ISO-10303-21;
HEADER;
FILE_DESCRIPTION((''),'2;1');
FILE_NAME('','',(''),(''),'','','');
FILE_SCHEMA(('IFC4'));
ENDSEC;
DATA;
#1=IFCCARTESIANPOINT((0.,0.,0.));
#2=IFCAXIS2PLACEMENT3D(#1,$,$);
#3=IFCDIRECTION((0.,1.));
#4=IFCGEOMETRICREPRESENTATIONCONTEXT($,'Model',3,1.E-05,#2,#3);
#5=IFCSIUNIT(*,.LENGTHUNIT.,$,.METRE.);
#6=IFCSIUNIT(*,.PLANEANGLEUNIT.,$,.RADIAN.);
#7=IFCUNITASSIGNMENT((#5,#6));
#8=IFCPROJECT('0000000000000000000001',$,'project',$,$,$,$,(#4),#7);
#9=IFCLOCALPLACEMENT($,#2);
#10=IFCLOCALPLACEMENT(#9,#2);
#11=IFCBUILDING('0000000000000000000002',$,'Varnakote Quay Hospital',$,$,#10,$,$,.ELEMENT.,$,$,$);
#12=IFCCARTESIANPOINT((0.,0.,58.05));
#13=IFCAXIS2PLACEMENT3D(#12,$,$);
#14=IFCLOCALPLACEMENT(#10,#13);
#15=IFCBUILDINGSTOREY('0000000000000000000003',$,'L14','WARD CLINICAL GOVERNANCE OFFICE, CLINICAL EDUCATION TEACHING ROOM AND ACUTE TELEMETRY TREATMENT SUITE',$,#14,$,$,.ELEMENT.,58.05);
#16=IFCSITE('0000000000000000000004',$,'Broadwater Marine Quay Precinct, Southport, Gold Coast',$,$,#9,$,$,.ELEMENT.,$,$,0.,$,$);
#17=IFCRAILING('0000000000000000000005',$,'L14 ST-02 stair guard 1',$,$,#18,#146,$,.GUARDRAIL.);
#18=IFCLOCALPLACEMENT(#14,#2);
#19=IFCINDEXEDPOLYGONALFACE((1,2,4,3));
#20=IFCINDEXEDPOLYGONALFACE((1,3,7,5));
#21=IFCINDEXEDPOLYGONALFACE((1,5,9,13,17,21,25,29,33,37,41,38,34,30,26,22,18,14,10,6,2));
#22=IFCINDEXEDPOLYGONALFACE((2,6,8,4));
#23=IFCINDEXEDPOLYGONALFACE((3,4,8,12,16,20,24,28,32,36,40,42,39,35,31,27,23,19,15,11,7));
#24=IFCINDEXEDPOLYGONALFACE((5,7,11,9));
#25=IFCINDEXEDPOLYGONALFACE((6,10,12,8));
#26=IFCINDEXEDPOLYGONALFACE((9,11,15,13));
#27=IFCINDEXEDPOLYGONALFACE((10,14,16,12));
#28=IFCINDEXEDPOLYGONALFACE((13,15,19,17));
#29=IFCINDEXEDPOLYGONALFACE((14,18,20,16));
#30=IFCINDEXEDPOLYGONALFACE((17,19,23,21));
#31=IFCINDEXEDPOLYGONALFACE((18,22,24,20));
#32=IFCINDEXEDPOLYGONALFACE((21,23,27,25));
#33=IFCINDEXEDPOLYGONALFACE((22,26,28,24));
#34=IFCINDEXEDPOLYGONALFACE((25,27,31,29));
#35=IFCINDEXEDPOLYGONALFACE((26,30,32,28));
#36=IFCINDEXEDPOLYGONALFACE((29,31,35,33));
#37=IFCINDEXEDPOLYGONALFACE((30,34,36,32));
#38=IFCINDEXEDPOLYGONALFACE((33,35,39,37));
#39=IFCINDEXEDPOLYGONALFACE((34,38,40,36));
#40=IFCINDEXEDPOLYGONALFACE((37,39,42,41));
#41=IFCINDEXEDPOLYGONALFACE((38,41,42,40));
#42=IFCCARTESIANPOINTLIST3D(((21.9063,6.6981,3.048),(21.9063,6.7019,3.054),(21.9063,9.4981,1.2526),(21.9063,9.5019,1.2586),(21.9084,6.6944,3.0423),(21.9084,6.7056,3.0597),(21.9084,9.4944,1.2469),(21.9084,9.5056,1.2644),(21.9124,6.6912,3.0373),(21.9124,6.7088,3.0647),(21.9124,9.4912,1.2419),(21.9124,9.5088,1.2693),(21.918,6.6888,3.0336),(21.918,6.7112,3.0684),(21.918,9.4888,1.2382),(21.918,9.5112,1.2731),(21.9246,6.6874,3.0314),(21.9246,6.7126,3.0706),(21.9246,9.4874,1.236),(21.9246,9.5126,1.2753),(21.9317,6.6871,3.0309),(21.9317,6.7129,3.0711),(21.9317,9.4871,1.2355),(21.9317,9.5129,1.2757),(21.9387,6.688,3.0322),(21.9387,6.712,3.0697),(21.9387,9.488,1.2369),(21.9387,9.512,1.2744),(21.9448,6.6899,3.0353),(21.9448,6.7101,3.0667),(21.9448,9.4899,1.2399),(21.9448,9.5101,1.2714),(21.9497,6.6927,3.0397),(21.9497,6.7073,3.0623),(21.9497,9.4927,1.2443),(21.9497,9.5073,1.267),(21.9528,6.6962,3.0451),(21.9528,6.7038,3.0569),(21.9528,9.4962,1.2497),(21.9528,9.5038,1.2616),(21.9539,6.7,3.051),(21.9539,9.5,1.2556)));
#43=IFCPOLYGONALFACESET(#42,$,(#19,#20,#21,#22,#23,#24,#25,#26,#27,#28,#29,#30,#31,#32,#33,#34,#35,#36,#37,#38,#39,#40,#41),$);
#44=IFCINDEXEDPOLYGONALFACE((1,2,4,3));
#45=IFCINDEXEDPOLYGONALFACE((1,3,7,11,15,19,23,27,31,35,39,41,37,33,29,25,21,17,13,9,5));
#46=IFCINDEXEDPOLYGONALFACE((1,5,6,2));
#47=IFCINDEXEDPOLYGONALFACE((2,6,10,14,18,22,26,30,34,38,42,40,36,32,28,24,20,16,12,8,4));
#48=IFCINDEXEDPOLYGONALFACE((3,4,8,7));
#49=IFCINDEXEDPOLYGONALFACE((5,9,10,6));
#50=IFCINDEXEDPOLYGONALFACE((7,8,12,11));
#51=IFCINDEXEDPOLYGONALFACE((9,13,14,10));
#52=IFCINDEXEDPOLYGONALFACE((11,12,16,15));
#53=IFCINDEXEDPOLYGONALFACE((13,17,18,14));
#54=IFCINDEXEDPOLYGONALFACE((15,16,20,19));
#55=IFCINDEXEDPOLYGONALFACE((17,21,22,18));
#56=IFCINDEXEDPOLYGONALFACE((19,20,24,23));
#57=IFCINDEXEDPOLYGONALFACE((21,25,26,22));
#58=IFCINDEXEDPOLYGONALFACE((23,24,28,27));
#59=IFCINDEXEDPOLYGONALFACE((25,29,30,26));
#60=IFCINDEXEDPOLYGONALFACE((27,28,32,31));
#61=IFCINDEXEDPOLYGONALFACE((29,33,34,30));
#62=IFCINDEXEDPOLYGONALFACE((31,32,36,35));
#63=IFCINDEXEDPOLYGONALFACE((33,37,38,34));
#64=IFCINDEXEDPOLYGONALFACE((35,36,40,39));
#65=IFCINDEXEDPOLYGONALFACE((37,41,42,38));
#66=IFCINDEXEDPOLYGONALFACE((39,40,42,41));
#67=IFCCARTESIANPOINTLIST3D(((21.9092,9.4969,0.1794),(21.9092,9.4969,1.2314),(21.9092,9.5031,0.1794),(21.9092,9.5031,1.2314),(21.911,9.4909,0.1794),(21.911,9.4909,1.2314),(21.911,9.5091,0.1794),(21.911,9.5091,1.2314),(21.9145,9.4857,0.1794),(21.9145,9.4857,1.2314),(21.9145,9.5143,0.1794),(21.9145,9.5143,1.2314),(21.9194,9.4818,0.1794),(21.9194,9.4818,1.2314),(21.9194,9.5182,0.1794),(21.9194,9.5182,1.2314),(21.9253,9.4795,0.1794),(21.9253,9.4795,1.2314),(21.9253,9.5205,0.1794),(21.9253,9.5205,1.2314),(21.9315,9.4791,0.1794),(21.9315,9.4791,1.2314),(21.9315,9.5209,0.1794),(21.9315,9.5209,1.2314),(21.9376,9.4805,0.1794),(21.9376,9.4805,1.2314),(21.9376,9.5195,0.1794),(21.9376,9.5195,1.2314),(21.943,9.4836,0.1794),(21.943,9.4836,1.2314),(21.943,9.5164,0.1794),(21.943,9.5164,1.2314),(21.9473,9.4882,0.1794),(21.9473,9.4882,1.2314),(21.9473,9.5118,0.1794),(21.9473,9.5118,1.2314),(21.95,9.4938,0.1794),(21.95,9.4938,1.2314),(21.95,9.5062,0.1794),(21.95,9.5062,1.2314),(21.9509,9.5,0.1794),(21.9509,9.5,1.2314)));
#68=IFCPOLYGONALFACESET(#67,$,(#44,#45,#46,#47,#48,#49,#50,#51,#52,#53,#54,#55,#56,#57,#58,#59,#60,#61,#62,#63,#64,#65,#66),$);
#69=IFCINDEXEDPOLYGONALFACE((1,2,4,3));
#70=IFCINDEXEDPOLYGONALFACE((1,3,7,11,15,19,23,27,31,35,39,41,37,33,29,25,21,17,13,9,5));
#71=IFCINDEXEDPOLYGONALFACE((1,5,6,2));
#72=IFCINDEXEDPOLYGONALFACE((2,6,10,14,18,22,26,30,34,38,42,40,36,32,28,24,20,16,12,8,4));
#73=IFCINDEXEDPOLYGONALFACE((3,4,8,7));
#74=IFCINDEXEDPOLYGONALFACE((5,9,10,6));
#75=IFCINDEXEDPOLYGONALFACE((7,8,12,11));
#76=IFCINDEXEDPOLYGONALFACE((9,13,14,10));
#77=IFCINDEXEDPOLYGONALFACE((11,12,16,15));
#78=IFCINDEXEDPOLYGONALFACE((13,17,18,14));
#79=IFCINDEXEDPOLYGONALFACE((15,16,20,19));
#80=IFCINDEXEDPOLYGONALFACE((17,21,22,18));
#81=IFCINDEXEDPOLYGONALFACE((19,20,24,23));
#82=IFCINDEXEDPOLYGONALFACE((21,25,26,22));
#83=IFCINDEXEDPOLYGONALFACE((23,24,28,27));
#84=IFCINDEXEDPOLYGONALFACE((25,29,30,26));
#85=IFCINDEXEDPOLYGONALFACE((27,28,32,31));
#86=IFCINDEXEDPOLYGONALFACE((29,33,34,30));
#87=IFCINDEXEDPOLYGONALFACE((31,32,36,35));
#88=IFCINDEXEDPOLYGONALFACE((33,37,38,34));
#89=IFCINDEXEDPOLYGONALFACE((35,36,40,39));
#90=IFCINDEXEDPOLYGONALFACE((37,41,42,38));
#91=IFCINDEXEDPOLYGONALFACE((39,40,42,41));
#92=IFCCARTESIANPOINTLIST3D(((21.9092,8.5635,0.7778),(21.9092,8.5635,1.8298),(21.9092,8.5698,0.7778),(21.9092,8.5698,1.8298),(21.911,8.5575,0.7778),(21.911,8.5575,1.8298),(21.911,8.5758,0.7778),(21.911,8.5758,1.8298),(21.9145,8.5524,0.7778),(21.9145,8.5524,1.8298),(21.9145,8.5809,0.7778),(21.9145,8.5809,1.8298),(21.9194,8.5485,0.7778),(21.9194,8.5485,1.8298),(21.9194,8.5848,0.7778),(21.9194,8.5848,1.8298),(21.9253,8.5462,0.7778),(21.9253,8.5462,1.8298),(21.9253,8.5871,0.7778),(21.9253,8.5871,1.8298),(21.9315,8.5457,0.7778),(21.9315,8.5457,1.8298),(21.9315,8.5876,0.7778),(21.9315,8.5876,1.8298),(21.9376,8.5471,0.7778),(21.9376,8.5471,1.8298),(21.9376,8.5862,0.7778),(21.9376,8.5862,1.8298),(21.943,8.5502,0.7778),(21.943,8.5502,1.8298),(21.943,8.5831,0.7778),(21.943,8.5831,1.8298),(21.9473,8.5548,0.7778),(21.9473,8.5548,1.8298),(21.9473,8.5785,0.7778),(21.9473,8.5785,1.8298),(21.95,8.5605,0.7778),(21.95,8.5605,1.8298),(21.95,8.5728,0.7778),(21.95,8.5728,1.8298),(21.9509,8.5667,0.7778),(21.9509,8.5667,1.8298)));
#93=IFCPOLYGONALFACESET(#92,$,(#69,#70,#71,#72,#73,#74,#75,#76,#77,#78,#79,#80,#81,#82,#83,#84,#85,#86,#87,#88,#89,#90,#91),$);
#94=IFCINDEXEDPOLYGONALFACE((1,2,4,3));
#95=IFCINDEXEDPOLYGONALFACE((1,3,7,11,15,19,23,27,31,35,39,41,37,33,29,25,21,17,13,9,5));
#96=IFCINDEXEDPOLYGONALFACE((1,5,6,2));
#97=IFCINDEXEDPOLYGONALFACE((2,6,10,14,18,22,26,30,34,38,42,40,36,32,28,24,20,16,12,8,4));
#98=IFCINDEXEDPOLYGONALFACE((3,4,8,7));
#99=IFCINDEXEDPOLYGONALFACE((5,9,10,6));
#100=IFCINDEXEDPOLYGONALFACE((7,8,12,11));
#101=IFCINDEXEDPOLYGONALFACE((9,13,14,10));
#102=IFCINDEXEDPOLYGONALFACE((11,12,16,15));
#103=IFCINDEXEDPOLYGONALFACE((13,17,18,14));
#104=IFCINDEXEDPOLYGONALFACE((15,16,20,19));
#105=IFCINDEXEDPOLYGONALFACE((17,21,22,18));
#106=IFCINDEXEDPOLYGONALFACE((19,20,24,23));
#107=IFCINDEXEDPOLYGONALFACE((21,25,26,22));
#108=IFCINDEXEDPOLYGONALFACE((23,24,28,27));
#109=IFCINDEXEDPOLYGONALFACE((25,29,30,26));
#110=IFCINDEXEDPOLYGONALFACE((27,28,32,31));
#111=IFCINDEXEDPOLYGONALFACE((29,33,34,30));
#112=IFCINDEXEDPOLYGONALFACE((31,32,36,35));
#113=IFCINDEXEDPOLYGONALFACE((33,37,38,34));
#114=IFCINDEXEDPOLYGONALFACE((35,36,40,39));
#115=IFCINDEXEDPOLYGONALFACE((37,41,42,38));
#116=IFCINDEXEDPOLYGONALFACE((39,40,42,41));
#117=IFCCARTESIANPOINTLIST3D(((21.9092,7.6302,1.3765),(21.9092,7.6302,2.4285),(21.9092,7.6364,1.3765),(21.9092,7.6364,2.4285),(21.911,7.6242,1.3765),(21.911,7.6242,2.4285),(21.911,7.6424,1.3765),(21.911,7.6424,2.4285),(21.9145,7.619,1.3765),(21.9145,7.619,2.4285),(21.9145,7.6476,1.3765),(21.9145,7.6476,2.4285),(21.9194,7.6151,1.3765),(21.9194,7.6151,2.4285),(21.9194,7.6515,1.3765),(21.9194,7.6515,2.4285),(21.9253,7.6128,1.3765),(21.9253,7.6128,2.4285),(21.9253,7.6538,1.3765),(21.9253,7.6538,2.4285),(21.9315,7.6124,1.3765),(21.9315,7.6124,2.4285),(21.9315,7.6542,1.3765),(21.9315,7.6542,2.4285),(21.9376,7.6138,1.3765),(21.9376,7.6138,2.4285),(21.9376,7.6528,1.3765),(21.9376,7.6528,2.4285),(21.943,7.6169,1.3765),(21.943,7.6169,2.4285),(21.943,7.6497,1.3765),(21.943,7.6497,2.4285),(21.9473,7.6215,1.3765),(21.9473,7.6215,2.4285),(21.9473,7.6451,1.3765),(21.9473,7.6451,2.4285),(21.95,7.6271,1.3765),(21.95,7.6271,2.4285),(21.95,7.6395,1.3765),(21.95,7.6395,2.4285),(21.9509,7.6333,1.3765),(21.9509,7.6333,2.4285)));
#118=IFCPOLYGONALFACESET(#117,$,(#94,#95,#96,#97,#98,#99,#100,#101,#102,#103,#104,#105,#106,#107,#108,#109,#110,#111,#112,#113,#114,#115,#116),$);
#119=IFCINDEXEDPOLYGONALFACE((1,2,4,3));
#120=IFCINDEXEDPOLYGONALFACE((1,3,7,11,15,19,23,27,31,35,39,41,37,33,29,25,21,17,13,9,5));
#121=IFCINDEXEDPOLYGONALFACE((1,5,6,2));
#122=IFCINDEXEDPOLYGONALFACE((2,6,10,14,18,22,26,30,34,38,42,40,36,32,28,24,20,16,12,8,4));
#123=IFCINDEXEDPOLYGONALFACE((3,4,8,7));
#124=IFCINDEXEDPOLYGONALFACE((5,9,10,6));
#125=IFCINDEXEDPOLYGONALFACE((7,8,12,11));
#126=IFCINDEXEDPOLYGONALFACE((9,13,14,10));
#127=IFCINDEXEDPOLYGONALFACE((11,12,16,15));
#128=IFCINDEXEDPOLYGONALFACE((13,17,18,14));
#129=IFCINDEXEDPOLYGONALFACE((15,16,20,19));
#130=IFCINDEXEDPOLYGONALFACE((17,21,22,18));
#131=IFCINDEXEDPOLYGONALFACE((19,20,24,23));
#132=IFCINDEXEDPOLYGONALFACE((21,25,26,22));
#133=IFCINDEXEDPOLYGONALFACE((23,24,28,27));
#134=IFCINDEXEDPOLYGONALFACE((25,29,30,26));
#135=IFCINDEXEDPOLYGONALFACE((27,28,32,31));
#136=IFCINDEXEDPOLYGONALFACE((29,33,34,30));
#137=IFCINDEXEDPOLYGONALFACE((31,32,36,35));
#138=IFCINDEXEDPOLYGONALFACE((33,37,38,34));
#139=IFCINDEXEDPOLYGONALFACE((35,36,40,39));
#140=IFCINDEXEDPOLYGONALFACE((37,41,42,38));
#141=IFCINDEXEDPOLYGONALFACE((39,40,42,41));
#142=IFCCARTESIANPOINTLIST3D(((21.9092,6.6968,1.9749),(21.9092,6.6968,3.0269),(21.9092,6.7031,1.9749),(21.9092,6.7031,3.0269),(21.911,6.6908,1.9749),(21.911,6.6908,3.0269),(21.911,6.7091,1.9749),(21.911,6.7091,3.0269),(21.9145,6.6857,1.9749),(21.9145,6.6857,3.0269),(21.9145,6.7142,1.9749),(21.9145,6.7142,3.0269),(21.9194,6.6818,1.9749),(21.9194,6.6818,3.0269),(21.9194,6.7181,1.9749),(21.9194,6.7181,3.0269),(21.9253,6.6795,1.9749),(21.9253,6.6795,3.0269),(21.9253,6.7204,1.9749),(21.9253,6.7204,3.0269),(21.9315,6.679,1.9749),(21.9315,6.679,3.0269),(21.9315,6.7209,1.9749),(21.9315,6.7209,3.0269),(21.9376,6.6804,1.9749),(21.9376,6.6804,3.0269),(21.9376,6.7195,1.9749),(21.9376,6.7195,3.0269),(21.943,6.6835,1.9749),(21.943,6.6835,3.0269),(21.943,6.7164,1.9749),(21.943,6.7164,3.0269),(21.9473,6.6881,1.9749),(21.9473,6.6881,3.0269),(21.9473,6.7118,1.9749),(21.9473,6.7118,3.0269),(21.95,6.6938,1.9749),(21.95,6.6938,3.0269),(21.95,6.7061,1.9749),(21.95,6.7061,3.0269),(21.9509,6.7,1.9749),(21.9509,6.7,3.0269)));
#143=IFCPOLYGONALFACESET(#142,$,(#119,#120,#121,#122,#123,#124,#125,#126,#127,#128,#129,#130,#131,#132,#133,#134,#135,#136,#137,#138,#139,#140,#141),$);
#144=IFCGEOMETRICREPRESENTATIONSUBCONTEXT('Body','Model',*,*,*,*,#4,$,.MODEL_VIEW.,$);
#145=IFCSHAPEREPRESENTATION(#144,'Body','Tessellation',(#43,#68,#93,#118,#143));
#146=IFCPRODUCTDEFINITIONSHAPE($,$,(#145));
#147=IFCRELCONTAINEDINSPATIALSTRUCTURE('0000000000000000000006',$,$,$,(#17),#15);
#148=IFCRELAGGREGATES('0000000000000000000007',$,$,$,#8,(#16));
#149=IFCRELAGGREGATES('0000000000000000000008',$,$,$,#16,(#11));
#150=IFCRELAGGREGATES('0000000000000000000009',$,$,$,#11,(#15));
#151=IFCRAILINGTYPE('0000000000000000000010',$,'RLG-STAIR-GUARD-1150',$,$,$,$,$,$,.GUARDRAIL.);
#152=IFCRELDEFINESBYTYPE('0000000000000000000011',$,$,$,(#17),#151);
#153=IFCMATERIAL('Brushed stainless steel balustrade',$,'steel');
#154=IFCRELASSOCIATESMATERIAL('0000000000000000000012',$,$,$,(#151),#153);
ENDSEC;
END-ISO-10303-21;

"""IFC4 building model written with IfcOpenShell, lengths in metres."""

from ifc_helpers import new_model, si_unit, direction, frame, origin, origin_2d, place, context, subcontext, project, spatial, circle, extrude, material, type_object, element, save


model = new_model("IFC4")

# Units and contexts
model_context = context("Model", 3, precision=1e-05, world=origin(), true_north=direction((0.0, 1.0)))
body_context = subcontext(model_context, "Body", "Model", "MODEL_VIEW")
ifc_project = project(units=[si_unit("LENGTHUNIT", "METRE"), si_unit("PLANEANGLEUNIT", "RADIAN")], contexts=[model_context])

# Site, building, storey
site_placement = place(None, origin())
site = spatial("IfcSite", under=ifc_project, at=site_placement, Name="Broadwater Marine Quay Precinct, Southport, Gold Coast", CompositionType="ELEMENT", RefElevation=0.0)
building_placement = place(site_placement, origin())
building = spatial("IfcBuilding", under=site, at=building_placement, Name="Varnakote Quay Hospital", CompositionType="ELEMENT")
storey_placement = place(building_placement, frame((0.0, 0.0, 58.05)))
storey = spatial("IfcBuildingStorey", under=building, at=storey_placement, Name="L14", Description="WARD CLINICAL GOVERNANCE OFFICE, CLINICAL EDUCATION TEACHING ROOM AND ACUTE TELEMETRY TREATMENT SUITE", CompositionType="ELEMENT", Elevation=58.05)

# Railing
ifc_material_1 = material(Name="Brushed stainless steel balustrade", Category="steel")
railing_type_1 = type_object("IfcRailingType", Name="RLG-STAIR-GUARD-1150", PredefinedType="GUARDRAIL", material=ifc_material_1)
railing_1_placement = place(storey_placement, frame((21.9299, 9.5, 0.1794)))
element("IfcRailing", 1, at=railing_1_placement, inside=storey, type_object=railing_type_1, Name="L14 ST-02 stair guard 1", PredefinedType="GUARDRAIL", context=body_context, shape_type="SweptSolid", body=[
    extrude(circle(Radius=0.0239, at=origin_2d()), frame((0.0, 0.0, 1.0762), z_axis=(0.0, -0.84181, 0.539774), x_axis=(1.0, 0.0, 0.0)), (0.0, 0.0, 1.0), 3.3262),
    extrude(circle(Radius=0.021, at=origin_2d()), origin(), (0.0, 0.0, 1.0), 1.052),
    extrude(circle(Radius=0.021, at=origin_2d()), frame((0.0, -0.9333, 0.5984)), (0.0, 0.0, 1.0), 1.052),
    extrude(circle(Radius=0.021, at=origin_2d()), frame((0.0, -1.8667, 1.197)), (0.0, 0.0, 1.0), 1.052),
    extrude(circle(Radius=0.021, at=origin_2d()), frame((0.0, -2.8, 1.7954)), (0.0, 0.0, 1.0), 1.052),
])

save(model, "model.ifc")
